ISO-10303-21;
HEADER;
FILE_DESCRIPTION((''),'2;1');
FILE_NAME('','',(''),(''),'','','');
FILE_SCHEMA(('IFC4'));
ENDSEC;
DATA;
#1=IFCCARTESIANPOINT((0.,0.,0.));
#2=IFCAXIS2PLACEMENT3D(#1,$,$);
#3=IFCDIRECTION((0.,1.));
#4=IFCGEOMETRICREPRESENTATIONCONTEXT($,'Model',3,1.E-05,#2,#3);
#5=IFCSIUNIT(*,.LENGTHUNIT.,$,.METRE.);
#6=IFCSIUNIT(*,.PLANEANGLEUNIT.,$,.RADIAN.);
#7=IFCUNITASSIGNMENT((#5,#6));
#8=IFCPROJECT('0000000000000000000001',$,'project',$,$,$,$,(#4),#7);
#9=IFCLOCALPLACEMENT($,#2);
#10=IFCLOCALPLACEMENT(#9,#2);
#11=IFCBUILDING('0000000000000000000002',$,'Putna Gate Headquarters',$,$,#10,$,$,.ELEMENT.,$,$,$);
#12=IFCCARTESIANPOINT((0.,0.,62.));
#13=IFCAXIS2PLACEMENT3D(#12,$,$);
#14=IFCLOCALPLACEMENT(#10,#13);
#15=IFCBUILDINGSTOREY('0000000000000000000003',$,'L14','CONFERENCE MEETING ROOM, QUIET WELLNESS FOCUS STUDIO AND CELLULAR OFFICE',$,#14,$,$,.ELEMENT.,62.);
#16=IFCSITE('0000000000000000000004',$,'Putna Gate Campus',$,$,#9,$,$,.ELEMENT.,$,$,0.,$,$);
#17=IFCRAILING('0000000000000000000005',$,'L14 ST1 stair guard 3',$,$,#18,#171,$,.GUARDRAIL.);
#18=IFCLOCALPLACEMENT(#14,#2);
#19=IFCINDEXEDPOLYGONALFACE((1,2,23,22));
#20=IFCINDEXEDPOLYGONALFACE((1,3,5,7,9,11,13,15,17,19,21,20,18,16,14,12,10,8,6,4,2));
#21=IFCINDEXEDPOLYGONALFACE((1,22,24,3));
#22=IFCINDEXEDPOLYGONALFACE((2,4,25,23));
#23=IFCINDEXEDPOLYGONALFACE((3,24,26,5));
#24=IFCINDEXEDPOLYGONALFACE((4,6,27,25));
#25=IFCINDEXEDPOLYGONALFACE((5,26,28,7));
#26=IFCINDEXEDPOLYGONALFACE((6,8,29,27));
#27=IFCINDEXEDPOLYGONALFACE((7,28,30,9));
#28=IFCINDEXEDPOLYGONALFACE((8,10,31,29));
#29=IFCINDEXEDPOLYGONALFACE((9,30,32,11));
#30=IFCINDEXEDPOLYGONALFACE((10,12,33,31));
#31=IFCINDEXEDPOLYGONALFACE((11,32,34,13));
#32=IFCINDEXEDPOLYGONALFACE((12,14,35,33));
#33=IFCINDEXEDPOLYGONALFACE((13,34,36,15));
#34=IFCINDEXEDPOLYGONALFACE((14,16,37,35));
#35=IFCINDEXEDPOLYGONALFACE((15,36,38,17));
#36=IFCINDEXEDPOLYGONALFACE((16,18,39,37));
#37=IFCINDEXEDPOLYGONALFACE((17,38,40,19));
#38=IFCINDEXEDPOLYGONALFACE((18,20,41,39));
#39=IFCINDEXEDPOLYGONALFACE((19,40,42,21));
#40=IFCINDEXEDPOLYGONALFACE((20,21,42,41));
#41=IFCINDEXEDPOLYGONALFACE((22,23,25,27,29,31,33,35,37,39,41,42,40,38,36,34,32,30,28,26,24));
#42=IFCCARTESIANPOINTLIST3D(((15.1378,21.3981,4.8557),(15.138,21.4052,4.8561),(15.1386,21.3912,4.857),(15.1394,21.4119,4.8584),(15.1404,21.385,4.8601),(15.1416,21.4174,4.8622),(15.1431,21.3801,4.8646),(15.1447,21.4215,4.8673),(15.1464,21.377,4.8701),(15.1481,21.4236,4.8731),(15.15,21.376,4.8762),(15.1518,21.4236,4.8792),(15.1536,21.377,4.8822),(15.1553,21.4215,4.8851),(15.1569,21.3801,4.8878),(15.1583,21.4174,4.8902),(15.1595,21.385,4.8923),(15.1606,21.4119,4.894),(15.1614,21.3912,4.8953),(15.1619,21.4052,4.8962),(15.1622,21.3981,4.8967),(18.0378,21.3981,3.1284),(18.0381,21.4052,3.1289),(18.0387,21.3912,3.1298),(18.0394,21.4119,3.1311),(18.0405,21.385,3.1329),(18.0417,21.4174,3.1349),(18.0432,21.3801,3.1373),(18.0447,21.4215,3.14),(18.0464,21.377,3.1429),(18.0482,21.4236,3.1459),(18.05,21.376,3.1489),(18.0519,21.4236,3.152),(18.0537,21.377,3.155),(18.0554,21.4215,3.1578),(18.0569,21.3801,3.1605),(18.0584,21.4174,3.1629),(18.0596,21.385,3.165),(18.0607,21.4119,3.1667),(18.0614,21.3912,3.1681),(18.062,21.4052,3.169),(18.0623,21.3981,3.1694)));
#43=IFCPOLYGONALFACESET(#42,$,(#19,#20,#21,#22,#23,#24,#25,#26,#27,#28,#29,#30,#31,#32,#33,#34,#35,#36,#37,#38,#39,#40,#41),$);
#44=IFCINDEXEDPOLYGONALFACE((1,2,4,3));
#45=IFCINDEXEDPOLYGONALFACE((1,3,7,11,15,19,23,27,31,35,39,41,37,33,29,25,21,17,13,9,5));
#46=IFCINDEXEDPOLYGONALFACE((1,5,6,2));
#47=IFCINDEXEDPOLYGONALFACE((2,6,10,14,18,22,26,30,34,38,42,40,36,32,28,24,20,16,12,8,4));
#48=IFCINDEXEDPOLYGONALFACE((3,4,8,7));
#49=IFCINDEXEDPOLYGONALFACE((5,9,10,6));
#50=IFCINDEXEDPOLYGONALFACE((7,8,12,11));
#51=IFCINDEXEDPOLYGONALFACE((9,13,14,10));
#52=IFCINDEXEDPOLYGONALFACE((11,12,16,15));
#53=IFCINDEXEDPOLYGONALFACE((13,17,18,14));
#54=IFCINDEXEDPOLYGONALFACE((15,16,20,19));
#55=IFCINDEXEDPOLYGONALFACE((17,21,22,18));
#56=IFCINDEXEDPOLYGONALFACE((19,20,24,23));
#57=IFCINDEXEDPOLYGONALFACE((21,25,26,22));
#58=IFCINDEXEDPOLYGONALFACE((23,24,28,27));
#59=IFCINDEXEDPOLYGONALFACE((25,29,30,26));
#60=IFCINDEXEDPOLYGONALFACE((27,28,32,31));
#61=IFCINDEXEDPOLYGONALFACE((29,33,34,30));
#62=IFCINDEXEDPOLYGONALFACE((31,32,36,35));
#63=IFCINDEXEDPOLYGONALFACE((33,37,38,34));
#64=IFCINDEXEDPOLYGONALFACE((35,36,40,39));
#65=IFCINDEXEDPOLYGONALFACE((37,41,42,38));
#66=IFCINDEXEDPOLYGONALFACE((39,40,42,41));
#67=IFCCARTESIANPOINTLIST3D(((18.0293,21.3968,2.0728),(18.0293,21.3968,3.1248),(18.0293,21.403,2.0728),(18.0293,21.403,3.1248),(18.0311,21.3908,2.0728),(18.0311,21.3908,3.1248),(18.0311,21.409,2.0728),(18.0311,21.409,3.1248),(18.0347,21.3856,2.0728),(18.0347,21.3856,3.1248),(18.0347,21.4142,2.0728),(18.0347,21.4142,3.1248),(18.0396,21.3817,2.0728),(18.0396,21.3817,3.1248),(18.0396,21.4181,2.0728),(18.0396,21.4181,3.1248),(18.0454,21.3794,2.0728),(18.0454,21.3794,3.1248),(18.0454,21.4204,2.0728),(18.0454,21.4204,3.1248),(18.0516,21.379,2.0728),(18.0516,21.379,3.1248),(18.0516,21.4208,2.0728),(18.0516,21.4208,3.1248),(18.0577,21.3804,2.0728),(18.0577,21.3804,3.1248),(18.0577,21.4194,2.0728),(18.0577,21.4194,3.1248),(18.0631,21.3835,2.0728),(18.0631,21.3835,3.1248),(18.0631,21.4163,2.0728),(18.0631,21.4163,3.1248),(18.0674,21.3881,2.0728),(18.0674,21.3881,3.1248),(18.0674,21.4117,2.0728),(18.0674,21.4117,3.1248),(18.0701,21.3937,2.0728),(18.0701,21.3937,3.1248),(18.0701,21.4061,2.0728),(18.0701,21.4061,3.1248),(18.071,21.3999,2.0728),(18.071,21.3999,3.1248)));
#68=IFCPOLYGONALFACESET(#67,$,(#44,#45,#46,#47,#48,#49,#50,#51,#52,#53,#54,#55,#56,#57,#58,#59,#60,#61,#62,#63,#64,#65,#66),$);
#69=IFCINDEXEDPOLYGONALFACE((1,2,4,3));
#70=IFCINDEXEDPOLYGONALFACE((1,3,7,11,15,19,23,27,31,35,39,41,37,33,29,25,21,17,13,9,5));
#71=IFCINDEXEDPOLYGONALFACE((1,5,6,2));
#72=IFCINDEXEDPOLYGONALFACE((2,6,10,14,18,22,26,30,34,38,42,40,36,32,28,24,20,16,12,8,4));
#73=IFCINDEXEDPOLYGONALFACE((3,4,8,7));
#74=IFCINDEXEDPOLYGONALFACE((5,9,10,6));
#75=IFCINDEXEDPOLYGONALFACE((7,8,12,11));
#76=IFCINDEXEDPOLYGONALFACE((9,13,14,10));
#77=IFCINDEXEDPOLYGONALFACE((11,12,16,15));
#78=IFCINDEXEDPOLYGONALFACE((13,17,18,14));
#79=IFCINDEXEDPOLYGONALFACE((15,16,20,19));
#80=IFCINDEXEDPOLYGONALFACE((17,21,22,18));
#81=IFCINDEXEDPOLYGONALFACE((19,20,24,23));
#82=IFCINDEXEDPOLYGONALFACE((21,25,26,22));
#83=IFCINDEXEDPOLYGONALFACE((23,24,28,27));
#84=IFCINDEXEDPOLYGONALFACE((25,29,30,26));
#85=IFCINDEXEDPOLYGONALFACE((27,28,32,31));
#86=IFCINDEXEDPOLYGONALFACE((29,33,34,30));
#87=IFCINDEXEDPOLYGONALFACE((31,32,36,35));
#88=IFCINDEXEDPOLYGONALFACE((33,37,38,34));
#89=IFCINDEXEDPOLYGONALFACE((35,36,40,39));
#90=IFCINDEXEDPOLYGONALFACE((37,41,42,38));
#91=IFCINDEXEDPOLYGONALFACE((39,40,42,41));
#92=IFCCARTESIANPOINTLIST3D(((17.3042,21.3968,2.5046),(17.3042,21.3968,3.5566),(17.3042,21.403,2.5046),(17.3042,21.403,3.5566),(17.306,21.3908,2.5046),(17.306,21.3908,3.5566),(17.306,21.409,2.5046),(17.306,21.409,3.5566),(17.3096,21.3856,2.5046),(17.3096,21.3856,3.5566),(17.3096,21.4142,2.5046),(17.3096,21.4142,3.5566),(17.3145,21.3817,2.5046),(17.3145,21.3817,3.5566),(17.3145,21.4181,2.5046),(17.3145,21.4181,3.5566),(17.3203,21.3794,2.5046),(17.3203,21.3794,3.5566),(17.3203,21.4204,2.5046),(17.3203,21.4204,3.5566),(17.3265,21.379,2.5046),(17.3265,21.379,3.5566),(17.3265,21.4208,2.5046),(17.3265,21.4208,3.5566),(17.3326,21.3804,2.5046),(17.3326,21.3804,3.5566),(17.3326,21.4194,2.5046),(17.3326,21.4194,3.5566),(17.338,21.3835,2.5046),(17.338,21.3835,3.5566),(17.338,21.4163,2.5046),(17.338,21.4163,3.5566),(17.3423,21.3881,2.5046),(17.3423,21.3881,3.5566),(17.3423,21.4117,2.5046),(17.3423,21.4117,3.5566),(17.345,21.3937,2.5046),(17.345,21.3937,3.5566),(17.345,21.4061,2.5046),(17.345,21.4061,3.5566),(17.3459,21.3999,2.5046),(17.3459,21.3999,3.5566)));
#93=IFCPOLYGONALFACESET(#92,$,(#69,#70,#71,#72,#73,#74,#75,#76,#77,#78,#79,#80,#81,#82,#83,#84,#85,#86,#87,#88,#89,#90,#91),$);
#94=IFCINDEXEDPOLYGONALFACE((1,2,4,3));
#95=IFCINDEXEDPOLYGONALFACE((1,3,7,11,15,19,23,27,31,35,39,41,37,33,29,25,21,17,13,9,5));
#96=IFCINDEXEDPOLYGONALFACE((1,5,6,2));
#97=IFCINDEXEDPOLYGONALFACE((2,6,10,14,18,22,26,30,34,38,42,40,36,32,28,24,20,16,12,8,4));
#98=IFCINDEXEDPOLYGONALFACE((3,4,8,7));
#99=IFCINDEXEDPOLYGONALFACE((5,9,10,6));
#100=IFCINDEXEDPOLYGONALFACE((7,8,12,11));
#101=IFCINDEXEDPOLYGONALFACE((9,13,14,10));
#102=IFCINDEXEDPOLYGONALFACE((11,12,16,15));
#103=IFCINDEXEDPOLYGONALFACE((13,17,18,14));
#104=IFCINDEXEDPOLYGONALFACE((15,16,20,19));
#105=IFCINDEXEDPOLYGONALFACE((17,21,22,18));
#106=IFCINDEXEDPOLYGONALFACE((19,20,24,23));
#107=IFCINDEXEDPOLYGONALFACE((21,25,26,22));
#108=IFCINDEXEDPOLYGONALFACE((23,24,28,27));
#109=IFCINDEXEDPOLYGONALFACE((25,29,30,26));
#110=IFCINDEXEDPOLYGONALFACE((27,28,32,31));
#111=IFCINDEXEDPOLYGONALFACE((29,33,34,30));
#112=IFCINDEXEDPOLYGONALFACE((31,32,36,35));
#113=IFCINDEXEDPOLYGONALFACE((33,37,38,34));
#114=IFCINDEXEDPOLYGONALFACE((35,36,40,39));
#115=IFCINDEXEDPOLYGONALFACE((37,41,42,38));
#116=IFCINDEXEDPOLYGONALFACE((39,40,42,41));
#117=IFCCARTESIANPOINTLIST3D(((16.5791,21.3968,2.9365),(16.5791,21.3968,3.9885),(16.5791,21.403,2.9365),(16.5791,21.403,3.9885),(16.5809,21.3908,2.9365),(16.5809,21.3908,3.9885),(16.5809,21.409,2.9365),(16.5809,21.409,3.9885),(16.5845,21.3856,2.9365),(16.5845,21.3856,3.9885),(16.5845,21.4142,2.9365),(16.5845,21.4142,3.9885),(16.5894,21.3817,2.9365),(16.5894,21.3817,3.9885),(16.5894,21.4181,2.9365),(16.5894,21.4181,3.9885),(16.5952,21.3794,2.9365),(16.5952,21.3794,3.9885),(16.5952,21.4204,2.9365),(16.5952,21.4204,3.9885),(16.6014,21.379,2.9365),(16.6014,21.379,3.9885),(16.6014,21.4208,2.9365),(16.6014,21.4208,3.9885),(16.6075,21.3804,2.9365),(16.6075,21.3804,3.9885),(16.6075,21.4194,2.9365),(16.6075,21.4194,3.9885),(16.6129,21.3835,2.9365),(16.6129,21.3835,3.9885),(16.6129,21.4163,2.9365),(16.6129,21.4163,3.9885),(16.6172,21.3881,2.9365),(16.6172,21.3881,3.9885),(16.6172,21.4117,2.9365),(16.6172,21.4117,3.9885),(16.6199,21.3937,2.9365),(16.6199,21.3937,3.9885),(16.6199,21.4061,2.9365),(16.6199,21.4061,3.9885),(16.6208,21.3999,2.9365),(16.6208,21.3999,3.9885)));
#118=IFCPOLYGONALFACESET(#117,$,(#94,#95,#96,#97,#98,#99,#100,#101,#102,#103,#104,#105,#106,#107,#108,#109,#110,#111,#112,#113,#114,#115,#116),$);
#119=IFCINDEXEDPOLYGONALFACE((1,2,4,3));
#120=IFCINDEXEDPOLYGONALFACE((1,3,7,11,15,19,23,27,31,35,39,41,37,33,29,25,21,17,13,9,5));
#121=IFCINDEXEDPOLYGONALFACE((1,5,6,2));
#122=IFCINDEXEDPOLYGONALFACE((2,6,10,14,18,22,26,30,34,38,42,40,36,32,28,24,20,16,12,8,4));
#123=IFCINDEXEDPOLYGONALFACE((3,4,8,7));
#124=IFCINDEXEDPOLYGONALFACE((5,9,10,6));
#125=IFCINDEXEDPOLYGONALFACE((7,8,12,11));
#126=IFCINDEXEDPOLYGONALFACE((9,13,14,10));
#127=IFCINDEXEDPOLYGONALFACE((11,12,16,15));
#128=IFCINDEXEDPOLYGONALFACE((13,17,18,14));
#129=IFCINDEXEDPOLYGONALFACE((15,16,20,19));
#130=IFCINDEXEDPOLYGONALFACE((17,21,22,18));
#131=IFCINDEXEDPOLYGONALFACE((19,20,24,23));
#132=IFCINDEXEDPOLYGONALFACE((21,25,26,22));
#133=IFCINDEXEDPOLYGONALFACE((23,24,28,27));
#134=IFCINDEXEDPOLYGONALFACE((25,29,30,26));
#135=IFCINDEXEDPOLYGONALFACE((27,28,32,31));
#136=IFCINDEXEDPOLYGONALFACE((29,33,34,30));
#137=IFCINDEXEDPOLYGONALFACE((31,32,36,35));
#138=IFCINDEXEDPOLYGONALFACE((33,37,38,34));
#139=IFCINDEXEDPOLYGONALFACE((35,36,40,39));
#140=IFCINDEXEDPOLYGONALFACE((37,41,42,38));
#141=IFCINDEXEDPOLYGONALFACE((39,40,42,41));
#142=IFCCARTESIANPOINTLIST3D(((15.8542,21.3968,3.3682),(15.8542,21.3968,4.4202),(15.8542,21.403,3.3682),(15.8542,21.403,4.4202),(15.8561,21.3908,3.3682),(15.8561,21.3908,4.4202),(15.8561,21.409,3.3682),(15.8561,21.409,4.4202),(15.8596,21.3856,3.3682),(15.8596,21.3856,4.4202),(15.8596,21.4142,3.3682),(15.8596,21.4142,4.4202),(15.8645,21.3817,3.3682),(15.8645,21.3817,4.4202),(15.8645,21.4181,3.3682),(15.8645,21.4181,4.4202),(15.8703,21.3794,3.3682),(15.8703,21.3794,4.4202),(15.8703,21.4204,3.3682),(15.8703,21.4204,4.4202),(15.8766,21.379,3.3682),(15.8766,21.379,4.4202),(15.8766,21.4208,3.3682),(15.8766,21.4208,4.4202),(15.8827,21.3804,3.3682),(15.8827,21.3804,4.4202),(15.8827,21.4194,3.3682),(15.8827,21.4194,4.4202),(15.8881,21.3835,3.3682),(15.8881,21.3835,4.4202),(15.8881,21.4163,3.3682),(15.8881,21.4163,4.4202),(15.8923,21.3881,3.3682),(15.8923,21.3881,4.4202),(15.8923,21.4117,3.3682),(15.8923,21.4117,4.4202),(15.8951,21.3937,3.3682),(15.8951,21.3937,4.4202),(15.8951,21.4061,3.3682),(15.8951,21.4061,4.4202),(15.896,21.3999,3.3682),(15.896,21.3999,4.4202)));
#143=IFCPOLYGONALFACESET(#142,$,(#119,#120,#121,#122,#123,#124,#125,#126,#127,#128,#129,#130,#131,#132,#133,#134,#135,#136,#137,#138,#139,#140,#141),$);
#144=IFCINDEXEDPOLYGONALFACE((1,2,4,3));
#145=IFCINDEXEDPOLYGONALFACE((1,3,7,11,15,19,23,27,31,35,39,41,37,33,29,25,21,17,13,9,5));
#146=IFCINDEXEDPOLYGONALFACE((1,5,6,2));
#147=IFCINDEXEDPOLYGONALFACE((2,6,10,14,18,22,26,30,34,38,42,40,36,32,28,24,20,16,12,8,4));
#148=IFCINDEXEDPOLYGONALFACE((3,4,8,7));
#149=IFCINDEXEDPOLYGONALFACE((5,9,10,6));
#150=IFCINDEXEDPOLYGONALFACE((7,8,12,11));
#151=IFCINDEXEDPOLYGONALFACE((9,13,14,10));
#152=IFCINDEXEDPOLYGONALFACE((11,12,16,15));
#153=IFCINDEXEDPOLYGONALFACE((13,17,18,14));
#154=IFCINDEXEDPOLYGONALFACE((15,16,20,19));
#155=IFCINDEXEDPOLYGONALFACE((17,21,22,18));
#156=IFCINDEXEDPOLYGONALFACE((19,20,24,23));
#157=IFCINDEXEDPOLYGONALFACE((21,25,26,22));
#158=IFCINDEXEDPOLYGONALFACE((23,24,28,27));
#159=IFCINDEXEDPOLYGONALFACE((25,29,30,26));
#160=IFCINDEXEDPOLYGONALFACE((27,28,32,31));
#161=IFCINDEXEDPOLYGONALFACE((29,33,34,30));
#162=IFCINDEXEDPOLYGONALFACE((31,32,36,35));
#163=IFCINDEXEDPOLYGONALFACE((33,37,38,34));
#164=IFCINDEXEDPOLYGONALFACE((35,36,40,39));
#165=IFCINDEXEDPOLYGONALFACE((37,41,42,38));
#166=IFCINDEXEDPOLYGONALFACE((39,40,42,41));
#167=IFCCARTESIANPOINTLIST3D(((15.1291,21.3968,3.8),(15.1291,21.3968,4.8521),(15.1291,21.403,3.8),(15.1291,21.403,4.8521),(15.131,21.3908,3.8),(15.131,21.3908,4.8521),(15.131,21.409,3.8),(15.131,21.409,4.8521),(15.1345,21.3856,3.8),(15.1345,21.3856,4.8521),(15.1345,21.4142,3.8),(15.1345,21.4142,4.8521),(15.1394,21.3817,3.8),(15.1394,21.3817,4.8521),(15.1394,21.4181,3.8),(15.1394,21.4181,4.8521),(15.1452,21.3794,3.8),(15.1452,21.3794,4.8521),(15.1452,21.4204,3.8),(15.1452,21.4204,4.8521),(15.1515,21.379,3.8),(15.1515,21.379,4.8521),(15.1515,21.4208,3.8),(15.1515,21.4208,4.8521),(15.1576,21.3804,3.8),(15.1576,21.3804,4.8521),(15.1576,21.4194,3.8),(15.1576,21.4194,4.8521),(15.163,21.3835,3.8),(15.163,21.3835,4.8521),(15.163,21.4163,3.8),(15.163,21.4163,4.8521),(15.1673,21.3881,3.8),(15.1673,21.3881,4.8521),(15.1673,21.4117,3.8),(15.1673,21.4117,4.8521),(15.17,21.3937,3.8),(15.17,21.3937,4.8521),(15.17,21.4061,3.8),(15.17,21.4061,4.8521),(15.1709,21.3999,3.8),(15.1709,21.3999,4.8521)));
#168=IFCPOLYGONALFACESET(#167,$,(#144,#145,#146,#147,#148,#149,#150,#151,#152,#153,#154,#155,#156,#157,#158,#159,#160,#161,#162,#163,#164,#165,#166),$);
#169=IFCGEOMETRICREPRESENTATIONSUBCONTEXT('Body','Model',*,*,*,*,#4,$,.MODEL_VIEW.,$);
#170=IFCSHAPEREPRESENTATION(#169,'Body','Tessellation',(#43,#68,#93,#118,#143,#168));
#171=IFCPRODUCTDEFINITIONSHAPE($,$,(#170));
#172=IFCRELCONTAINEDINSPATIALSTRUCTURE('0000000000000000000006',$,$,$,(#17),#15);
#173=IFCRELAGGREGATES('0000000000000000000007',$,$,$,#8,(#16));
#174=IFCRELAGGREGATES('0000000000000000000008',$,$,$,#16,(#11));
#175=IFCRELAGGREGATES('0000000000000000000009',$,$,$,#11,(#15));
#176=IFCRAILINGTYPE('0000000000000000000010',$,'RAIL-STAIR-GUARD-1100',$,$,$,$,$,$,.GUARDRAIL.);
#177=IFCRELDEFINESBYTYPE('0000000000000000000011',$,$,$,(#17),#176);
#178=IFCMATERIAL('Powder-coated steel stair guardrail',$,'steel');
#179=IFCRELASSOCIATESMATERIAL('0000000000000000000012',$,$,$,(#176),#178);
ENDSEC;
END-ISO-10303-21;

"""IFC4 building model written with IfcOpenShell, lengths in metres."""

from ifc_helpers import new_model, si_unit, direction, frame, origin, origin_2d, place, context, subcontext, project, spatial, circle, extrude, material, type_object, element, save


model = new_model("IFC4")

# Units and contexts
model_context = context("Model", 3, precision=1e-05, world=origin(), true_north=direction((0.0, 1.0)))
body_context = subcontext(model_context, "Body", "Model", "MODEL_VIEW")
ifc_project = project(units=[si_unit("LENGTHUNIT", "METRE"), si_unit("PLANEANGLEUNIT", "RADIAN")], contexts=[model_context])

# Site, building, storey
site_placement = place(None, origin())
site = spatial("IfcSite", under=ifc_project, at=site_placement, Name="Putna Gate Campus", CompositionType="ELEMENT", RefElevation=0.0)
building_placement = place(site_placement, origin())
building = spatial("IfcBuilding", under=site, at=building_placement, Name="Putna Gate Headquarters", CompositionType="ELEMENT")
storey_placement = place(building_placement, frame((0.0, 0.0, 62.0)))
storey = spatial("IfcBuildingStorey", under=building, at=storey_placement, Name="L14", Description="CONFERENCE MEETING ROOM, QUIET WELLNESS FOCUS STUDIO AND CELLULAR OFFICE", CompositionType="ELEMENT", Elevation=62.0)

# Railing
ifc_material_1 = material(Name="Powder-coated steel stair guardrail", Category="steel")
railing_type = type_object("IfcRailingType", Name="RAIL-STAIR-GUARD-1100", PredefinedType="GUARDRAIL", material=ifc_material_1)
railing_placement = place(storey_placement, frame((18.05, 21.3999, 2.0728)))
element("IfcRailing", 1, at=railing_placement, inside=storey, type_object=railing_type, Name="L14 ST1 stair guard 3", PredefinedType="GUARDRAIL", context=body_context, shape_type="SweptSolid", body=[
    extrude(circle(Radius=0.0239, at=origin_2d()), frame((0.0, 0.0, 1.0762), z_axis=(-0.85916, 0.0, 0.511706), x_axis=(0.0, -1.0, 0.0)), (0.0, 0.0, 1.0), 3.3755),
    extrude(circle(Radius=0.021, at=origin_2d()), origin(), (0.0, 0.0, 1.0), 1.052),
    extrude(circle(Radius=0.021, at=origin_2d()), frame((-0.7251, 0.0, 0.4319)), (0.0, 0.0, 1.0), 1.052),
    extrude(circle(Radius=0.021, at=origin_2d()), frame((-1.4502, 0.0, 0.8638)), (0.0, 0.0, 1.0), 1.052),
    extrude(circle(Radius=0.021, at=origin_2d()), frame((-2.175, 0.0, 1.2954)), (0.0, 0.0, 1.0), 1.052),
    extrude(circle(Radius=0.021, at=origin_2d()), frame((-2.9001, 0.0, 1.7273)), (0.0, 0.0, 1.0), 1.052),
])

save(model, "model.ifc")
